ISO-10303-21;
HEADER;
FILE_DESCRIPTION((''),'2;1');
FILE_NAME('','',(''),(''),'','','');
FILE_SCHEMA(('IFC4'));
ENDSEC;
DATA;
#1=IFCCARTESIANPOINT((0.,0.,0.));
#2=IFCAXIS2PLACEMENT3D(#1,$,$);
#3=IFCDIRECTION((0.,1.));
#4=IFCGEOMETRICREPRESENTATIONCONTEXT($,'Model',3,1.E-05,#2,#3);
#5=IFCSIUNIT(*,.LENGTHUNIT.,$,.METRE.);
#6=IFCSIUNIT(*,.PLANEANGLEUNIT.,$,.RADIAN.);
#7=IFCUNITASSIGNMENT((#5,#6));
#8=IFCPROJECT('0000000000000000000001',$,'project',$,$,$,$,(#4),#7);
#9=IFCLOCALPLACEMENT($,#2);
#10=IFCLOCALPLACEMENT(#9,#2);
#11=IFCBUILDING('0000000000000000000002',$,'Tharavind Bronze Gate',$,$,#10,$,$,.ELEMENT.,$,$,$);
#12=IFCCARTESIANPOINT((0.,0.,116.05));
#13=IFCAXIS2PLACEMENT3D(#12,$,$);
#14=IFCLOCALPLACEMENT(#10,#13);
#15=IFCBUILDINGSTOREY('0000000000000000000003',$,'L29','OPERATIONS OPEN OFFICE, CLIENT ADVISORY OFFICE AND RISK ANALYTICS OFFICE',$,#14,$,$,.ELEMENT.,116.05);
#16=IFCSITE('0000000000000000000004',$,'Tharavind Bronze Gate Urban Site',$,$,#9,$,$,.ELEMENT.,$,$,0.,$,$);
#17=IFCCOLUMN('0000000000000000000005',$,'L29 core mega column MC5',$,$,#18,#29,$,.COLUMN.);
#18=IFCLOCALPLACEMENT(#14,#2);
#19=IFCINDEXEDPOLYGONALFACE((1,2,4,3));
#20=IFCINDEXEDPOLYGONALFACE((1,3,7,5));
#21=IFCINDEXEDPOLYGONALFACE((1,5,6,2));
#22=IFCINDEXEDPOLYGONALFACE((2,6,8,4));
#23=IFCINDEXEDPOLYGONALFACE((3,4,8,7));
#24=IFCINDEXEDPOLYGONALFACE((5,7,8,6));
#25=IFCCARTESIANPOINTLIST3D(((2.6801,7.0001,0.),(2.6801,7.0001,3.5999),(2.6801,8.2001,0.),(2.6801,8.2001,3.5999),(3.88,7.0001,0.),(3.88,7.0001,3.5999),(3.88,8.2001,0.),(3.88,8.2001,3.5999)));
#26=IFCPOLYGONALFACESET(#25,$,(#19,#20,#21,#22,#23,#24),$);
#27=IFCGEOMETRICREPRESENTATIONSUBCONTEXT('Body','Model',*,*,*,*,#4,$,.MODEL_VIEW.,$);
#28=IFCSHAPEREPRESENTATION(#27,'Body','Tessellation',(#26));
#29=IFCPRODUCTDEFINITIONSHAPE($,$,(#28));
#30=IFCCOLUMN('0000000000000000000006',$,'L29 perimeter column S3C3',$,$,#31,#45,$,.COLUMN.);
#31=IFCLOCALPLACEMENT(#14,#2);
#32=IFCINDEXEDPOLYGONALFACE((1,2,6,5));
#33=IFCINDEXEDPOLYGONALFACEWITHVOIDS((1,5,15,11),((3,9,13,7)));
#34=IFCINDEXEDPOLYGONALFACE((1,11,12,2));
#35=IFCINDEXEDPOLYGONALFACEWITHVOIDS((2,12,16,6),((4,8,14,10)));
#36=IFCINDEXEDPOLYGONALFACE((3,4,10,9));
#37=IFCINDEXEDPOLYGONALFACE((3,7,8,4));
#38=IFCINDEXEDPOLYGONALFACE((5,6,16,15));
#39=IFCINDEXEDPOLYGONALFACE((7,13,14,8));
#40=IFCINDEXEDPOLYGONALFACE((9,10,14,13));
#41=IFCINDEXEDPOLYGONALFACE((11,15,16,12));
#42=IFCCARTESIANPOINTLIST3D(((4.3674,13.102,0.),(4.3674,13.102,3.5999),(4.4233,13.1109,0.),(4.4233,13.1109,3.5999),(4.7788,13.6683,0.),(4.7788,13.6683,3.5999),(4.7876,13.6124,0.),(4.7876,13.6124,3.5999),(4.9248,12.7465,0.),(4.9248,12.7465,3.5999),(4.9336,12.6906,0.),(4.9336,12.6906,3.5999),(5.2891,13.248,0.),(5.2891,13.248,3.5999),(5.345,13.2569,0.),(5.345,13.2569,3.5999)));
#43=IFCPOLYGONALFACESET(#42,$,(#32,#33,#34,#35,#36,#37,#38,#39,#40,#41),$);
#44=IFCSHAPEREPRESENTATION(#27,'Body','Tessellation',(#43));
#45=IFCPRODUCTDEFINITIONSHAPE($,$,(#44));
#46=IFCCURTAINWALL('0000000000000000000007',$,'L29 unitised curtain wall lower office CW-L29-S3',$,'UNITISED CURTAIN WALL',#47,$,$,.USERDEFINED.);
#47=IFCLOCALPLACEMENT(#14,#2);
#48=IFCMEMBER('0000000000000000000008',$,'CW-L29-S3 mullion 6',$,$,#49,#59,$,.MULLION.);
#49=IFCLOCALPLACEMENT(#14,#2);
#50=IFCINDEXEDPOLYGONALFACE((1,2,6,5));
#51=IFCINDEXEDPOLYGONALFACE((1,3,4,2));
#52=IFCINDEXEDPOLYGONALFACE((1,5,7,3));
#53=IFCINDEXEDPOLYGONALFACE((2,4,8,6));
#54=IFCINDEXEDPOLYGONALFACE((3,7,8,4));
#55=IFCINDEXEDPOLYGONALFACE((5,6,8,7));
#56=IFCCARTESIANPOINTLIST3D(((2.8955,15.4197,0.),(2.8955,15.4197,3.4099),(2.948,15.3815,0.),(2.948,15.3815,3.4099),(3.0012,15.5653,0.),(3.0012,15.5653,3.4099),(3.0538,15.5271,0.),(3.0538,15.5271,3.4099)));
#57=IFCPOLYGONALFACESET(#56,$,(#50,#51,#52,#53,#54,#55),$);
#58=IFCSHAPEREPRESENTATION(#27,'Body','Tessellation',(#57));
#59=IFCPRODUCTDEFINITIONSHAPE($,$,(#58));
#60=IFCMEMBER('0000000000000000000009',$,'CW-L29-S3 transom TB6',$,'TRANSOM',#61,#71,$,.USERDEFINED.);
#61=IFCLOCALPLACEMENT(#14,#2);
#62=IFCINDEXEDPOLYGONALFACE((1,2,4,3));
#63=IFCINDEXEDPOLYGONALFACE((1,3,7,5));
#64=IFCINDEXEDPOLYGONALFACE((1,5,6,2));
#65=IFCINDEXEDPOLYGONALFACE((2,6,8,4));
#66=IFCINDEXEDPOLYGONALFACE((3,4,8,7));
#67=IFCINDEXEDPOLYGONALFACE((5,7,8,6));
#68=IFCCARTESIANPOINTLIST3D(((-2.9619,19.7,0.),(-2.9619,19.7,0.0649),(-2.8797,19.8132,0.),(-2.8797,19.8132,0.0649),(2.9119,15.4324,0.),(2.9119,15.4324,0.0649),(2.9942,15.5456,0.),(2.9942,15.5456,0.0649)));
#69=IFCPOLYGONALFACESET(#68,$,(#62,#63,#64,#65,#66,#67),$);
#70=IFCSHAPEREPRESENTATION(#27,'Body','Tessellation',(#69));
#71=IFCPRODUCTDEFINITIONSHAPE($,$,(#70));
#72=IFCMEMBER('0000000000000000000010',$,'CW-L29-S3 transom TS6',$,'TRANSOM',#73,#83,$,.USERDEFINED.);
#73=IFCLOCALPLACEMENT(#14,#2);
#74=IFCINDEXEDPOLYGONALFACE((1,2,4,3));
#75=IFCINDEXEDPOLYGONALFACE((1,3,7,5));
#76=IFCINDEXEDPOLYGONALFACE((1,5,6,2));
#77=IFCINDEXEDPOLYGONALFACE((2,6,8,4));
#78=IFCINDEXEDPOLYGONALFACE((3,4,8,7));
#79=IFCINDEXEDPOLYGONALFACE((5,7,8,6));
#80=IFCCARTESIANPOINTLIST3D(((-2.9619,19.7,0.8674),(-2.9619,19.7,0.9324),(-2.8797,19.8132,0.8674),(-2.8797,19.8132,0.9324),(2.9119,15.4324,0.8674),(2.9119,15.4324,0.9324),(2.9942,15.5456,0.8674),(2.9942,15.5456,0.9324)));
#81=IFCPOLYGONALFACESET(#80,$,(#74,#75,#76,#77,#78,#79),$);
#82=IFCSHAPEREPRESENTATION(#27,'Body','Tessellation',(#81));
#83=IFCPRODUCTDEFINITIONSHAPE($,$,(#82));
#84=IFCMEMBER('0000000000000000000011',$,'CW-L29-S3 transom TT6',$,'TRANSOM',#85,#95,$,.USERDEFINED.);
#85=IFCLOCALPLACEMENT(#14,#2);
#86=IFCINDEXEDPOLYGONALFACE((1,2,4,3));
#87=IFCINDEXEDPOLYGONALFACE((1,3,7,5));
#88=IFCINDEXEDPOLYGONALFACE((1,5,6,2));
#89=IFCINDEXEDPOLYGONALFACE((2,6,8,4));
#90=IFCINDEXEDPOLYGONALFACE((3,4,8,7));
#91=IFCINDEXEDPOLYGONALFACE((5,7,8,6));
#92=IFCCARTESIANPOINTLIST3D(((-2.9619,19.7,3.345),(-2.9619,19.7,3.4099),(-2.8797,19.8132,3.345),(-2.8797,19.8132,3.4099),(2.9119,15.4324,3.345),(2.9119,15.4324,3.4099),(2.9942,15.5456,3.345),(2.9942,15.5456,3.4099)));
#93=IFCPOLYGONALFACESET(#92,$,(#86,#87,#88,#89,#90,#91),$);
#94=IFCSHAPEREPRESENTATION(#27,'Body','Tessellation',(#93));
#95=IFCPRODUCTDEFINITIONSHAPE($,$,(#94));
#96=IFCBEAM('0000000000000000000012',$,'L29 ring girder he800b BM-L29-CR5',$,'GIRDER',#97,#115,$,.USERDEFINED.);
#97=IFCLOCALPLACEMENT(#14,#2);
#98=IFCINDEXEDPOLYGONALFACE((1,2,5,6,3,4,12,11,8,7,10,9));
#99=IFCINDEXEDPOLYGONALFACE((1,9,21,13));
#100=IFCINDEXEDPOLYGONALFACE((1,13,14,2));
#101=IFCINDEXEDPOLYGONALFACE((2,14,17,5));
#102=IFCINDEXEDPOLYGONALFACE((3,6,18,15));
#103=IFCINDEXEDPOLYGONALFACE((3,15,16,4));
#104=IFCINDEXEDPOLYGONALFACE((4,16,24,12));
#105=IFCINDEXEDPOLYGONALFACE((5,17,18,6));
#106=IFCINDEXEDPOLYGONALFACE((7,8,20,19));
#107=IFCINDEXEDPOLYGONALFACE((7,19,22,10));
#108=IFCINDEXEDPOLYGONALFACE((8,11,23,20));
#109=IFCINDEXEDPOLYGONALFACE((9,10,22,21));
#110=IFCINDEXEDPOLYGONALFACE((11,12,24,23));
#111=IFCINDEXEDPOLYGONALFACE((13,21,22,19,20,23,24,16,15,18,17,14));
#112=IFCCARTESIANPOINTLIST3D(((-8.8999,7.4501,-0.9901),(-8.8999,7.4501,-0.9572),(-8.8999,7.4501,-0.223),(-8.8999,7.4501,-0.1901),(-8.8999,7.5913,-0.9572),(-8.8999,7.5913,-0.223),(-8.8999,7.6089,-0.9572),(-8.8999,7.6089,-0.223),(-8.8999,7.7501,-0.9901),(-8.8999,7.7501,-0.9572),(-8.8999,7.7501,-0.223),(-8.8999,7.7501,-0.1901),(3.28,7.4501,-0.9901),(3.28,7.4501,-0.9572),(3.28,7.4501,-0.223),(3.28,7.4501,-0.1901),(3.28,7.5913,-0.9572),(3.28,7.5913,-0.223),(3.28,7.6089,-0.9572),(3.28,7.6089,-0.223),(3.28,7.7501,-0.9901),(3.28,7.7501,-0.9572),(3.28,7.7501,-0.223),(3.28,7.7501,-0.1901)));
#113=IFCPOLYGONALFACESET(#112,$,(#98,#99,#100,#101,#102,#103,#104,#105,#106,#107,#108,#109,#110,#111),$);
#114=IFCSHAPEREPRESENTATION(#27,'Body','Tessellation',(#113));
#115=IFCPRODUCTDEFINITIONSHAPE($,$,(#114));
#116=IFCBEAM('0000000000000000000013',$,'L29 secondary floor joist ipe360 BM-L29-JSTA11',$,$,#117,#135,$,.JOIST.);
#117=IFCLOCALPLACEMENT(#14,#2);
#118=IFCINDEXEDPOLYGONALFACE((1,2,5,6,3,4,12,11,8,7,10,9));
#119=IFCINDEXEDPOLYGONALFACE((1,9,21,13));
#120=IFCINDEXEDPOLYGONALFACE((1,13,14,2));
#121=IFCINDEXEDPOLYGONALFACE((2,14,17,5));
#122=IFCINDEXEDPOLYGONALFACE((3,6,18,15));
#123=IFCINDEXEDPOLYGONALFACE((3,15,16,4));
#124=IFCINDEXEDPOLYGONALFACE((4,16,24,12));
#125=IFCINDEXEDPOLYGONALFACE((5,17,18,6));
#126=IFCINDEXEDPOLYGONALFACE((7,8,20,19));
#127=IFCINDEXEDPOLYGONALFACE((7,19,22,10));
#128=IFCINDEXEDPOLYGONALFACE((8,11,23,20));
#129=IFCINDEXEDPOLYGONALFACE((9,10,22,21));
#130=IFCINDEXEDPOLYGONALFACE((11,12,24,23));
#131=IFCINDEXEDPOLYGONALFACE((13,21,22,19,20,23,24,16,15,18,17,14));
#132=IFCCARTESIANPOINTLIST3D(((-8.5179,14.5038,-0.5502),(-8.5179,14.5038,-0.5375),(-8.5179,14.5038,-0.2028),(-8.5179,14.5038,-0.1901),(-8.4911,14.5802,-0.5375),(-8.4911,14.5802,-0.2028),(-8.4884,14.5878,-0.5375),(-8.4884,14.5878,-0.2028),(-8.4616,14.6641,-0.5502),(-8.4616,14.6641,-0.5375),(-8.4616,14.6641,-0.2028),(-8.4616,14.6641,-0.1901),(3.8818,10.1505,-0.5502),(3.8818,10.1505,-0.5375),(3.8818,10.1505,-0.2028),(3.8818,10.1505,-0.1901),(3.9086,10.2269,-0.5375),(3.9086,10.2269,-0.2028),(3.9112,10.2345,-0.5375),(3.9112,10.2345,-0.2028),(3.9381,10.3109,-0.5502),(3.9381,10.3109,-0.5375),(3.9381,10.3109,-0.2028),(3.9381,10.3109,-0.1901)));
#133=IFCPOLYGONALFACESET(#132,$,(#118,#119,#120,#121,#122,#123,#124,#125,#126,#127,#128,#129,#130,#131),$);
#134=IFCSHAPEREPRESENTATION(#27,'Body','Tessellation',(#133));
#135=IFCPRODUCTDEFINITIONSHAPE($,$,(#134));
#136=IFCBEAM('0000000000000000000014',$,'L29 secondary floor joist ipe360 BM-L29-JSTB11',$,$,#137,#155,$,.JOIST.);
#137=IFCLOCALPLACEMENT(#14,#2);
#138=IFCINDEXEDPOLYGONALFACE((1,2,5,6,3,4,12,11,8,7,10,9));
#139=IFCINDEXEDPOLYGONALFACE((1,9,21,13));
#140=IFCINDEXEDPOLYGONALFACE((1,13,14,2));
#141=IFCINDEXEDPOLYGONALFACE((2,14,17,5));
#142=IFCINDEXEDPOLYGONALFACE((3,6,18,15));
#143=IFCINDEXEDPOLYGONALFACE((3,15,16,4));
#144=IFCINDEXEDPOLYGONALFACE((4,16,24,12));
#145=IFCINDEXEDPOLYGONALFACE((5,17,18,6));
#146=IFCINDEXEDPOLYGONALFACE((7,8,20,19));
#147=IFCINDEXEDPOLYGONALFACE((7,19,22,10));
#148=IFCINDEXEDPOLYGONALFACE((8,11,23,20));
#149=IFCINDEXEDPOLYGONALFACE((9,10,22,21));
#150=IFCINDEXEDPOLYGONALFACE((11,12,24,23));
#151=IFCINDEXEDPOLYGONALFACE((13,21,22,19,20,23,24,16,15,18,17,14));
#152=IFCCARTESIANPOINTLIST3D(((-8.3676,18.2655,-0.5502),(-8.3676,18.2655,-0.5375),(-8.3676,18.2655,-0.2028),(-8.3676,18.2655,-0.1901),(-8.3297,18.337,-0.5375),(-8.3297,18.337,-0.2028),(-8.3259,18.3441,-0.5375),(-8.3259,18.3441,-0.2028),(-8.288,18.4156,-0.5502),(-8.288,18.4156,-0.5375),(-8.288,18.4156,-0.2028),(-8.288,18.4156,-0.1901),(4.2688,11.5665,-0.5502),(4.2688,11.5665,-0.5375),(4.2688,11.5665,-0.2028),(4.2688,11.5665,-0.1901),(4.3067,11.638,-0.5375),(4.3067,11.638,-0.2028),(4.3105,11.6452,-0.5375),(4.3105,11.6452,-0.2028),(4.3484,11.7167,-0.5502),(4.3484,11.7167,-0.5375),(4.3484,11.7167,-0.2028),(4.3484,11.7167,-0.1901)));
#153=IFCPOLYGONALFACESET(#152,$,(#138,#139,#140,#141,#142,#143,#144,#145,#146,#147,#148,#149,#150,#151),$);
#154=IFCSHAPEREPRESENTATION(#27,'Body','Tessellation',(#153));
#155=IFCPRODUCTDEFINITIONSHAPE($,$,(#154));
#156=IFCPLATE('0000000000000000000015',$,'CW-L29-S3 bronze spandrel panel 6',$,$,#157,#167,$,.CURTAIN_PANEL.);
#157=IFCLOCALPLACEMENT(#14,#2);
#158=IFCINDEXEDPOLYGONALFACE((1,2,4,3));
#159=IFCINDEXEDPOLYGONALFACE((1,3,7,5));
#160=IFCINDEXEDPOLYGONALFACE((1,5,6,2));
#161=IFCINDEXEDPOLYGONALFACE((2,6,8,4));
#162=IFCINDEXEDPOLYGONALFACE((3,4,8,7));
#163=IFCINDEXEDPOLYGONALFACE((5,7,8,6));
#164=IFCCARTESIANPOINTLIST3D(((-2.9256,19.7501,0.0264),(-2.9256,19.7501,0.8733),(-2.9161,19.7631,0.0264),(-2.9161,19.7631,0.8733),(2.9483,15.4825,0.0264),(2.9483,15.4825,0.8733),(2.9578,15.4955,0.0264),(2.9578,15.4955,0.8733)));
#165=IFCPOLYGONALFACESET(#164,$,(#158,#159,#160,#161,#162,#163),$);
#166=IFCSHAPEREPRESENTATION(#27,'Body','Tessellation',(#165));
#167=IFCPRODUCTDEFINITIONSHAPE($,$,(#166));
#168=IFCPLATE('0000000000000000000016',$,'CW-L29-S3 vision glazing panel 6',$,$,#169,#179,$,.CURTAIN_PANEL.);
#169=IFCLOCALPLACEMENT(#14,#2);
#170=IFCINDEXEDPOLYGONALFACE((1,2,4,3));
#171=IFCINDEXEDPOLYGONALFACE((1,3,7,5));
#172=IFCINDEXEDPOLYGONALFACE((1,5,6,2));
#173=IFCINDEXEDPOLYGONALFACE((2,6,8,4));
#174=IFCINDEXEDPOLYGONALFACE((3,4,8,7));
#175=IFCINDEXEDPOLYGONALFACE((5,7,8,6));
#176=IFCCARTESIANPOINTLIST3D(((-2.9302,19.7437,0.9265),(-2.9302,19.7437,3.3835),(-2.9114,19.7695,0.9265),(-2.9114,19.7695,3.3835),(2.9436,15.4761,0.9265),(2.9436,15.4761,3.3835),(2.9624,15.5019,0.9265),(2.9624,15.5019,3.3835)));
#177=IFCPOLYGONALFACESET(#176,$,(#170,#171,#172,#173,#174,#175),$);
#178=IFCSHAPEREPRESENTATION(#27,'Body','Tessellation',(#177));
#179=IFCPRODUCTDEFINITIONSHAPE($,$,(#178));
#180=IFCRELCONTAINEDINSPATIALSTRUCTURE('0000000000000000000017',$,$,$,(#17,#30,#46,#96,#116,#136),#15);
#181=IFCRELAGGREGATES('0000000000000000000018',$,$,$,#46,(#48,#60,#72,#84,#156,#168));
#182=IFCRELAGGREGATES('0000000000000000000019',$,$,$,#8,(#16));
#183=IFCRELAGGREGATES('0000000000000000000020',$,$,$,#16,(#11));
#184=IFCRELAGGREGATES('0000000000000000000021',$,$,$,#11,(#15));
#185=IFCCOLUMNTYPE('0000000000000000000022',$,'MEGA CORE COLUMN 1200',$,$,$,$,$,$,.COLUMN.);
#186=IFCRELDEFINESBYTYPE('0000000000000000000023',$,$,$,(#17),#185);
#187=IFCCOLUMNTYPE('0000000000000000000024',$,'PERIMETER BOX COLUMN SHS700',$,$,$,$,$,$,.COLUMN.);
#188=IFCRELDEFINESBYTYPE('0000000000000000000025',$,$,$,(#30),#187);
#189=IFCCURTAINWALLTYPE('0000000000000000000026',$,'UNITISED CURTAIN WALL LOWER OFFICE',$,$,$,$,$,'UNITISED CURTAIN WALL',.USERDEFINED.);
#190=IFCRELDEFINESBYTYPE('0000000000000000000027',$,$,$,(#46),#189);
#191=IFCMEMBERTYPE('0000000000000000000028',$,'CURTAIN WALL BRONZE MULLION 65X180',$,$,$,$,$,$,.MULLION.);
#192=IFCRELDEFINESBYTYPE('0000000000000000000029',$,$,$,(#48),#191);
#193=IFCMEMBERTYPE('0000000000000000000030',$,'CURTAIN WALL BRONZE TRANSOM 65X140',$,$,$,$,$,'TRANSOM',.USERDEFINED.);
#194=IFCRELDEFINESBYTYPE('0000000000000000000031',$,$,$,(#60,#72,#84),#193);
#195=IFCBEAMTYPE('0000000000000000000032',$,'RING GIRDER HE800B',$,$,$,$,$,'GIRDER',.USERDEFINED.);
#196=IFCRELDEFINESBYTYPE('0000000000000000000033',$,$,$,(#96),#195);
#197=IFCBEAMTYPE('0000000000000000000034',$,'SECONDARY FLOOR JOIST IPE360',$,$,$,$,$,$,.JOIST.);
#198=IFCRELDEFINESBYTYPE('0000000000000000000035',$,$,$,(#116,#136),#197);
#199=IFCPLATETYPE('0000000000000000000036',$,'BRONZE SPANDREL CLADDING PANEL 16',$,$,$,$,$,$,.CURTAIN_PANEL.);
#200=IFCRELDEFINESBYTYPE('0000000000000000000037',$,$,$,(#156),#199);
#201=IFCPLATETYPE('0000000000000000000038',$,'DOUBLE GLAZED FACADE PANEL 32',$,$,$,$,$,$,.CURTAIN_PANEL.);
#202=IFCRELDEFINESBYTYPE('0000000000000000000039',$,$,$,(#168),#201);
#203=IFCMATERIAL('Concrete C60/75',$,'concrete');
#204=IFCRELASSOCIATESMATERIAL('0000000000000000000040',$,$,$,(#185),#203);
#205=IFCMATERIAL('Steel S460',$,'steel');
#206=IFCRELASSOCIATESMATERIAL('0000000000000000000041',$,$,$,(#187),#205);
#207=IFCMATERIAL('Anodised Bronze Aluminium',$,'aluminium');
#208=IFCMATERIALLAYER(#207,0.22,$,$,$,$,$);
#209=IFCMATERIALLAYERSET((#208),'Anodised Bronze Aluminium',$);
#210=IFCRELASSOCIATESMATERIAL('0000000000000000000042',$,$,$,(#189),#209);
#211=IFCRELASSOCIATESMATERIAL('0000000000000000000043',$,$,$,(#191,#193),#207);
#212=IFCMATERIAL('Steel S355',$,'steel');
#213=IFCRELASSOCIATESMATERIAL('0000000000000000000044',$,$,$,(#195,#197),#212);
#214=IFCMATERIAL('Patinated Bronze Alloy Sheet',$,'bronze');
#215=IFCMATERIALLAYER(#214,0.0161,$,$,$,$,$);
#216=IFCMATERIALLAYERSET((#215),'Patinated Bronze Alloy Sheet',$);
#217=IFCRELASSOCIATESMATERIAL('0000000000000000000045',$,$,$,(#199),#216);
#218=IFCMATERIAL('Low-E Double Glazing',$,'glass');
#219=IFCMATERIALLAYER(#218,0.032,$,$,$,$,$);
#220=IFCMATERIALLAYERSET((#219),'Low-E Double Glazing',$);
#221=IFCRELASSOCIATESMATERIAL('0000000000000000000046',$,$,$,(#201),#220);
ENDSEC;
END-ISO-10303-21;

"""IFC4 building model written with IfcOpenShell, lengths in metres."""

from ifc_helpers import new_model, si_unit, direction, frame, origin, origin_2d, place, context, subcontext, project, spatial, rectangle, hollow_rectangle, i_section, extrude, material, layer, layer_set, material_profile, profile_set, type_object, element, aggregate, save


model = new_model("IFC4")

# Units and contexts
model_context = context("Model", 3, precision=1e-05, world=origin(), true_north=direction((0.0, 1.0)))
body_context = subcontext(model_context, "Body", "Model", "MODEL_VIEW")
ifc_project = project(units=[si_unit("LENGTHUNIT", "METRE"), si_unit("PLANEANGLEUNIT", "RADIAN")], contexts=[model_context])

# Site, building, storey
site_placement = place(None, origin())
site = spatial("IfcSite", under=ifc_project, at=site_placement, Name="Tharavind Bronze Gate Urban Site", CompositionType="ELEMENT", RefElevation=0.0)
building_placement = place(site_placement, origin())
building = spatial("IfcBuilding", under=site, at=building_placement, Name="Tharavind Bronze Gate", CompositionType="ELEMENT")
storey_placement = place(building_placement, frame((0.0, 0.0, 116.05)))
storey = spatial("IfcBuildingStorey", under=building, at=storey_placement, Name="L29", Description="OPERATIONS OPEN OFFICE, CLIENT ADVISORY OFFICE AND RISK ANALYTICS OFFICE", CompositionType="ELEMENT", Elevation=116.05)

# Columns
ifc_material_1 = material(Name="Concrete C60/75", Category="concrete")
ifc_material_profile_1 = material_profile(ifc_material_1, rectangle(XDim=1.2, YDim=1.2, at=origin_2d()), Name="RCCOL1200")
ifc_profile_set_1 = profile_set([ifc_material_profile_1], Name="Concrete C60/75")
column_type_1 = type_object("IfcColumnType", Name="MEGA CORE COLUMN 1200", PredefinedType="COLUMN", material=ifc_profile_set_1)
column_1_placement = place(storey_placement, frame((3.28, 7.6001, 0.0), z_axis=(0.0, 0.0, 1.0), x_axis=(1.0, 0.0, 0.0)))
element("IfcColumn", 1, at=column_1_placement, inside=storey, type_object=column_type_1, Name="L29 core mega column MC5", PredefinedType="COLUMN", context=body_context, shape_type="SweptSolid", body=[
    extrude(rectangle(XDim=1.2, YDim=1.2, at=origin_2d()), origin(), (0.0, 0.0, 1.0), 3.5999),
])
ifc_material_2 = material(Name="Steel S460", Category="steel")
ifc_material_profile_2 = material_profile(ifc_material_2, hollow_rectangle(XDim=0.7, YDim=0.7, WallThickness=0.04, at=origin_2d()), Name="SHS700X40")
ifc_profile_set_2 = profile_set([ifc_material_profile_2], Name="Steel S460")
column_type_2 = type_object("IfcColumnType", Name="PERIMETER BOX COLUMN SHS700", PredefinedType="COLUMN", material=ifc_profile_set_2)
column_2_placement = place(storey_placement, frame((4.8562, 13.1794, 0.0), z_axis=(0.0, 0.0, 1.0), x_axis=(-0.809017, 0.587785, 0.0)))
element("IfcColumn", 2, at=column_2_placement, inside=storey, type_object=column_type_2, Name="L29 perimeter column S3C3", PredefinedType="COLUMN", context=body_context, shape_type="SweptSolid", body=[
    extrude(hollow_rectangle(XDim=0.7, YDim=0.7, WallThickness=0.04, at=origin_2d()), origin(), (0.0, 0.0, 1.0), 3.5999),
])

# Curtain wall, members
ifc_material_3 = material(Name="Anodised Bronze Aluminium", Category="aluminium")
ifc_layer_1 = layer(ifc_material_3, 0.22)
ifc_layer_set_1 = layer_set([ifc_layer_1], Name="Anodised Bronze Aluminium")
curtain_wall_type = type_object("IfcCurtainWallType", Name="UNITISED CURTAIN WALL LOWER OFFICE", ElementType="UNITISED CURTAIN WALL", PredefinedType="USERDEFINED", material=ifc_layer_set_1)
curtain_wall_placement = place(storey_placement, origin())
curtain_wall = element("IfcCurtainWall", 3, at=curtain_wall_placement, inside=storey, type_object=curtain_wall_type, Name="L29 unitised curtain wall lower office CW-L29-S3", ObjectType="UNITISED CURTAIN WALL", PredefinedType="USERDEFINED")
member_type_1 = type_object("IfcMemberType", Name="CURTAIN WALL BRONZE MULLION 65X180", PredefinedType="MULLION", material=ifc_material_3)
member_1_placement = place(storey_placement, frame((2.9746, 15.4734, 0.0), z_axis=(0.0, 0.0, 1.0), x_axis=(-0.809017, 0.587785, 0.0)))
member_1 = element("IfcMember", 4, at=member_1_placement, type_object=member_type_1, Name="CW-L29-S3 mullion 6", PredefinedType="MULLION", context=body_context, shape_type="SweptSolid", body=[
    extrude(rectangle(XDim=0.0649, YDim=0.1799, at=origin_2d()), origin(), (0.0, 0.0, 1.0), 3.4099),
])
member_type_2 = type_object("IfcMemberType", Name="CURTAIN WALL BRONZE TRANSOM 65X140", ElementType="TRANSOM", PredefinedType="USERDEFINED", material=ifc_material_3)
member_2_placement = place(storey_placement, frame((0.0161, 17.6228, 0.0), z_axis=(0.0, 0.0, 1.0), x_axis=(-0.809017, 0.587785, 0.0)))
member_2 = element("IfcMember", 5, at=member_2_placement, type_object=member_type_2, Name="CW-L29-S3 transom TB6", ObjectType="TRANSOM", PredefinedType="USERDEFINED", context=body_context, shape_type="SweptSolid", body=[
    extrude(rectangle(XDim=7.2605, YDim=0.1399, at=origin_2d()), origin(), (0.0, 0.0, 1.0), 0.0649),
])
member_3_placement = place(storey_placement, frame((0.0161, 17.6228, 0.8674), z_axis=(0.0, 0.0, 1.0), x_axis=(-0.809017, 0.587785, 0.0)))
member_3 = element("IfcMember", 6, at=member_3_placement, type_object=member_type_2, Name="CW-L29-S3 transom TS6", ObjectType="TRANSOM", PredefinedType="USERDEFINED", context=body_context, shape_type="SweptSolid", body=[
    extrude(rectangle(XDim=7.2605, YDim=0.1399, at=origin_2d()), origin(), (0.0, 0.0, 1.0), 0.0649),
])
member_4_placement = place(storey_placement, frame((0.0161, 17.6228, 3.345), z_axis=(0.0, 0.0, 1.0), x_axis=(-0.809017, 0.587785, 0.0)))
member_4 = element("IfcMember", 7, at=member_4_placement, type_object=member_type_2, Name="CW-L29-S3 transom TT6", ObjectType="TRANSOM", PredefinedType="USERDEFINED", context=body_context, shape_type="SweptSolid", body=[
    extrude(rectangle(XDim=7.2605, YDim=0.1399, at=origin_2d()), origin(), (0.0, 0.0, 1.0), 0.0649),
])

# Beams
ifc_material_4 = material(Name="Steel S355", Category="steel")
ifc_material_profile_3 = material_profile(ifc_material_4, i_section(OverallWidth=0.3, OverallDepth=0.8, WebThickness=0.0176, FlangeThickness=0.033, at=origin_2d()), Name="HE800B")
ifc_profile_set_3 = profile_set([ifc_material_profile_3], Name="Steel S355")
beam_type_1 = type_object("IfcBeamType", Name="RING GIRDER HE800B", ElementType="GIRDER", PredefinedType="USERDEFINED", material=ifc_profile_set_3)
beam_1_placement = place(storey_placement, frame((3.28, 7.6001, -0.5901), z_axis=(-1.0, 0.0, 0.0), x_axis=(0.0, -1.0, 0.0)))
element("IfcBeam", 8, at=beam_1_placement, inside=storey, type_object=beam_type_1, Name="L29 ring girder he800b BM-L29-CR5", ObjectType="GIRDER", PredefinedType="USERDEFINED", context=body_context, shape_type="SweptSolid", body=[
    extrude(i_section(OverallWidth=0.3, OverallDepth=0.8, WebThickness=0.0176, FlangeThickness=0.033, at=origin_2d()), origin(), (0.0, 0.0, 1.0), 12.1799),
])
ifc_material_profile_4 = material_profile(ifc_material_4, i_section(OverallWidth=0.1699, OverallDepth=0.3601, WebThickness=0.0081, FlangeThickness=0.0127, at=origin_2d()), Name="IPE360")
ifc_profile_set_4 = profile_set([ifc_material_profile_4], Name="Steel S355")
beam_type_2 = type_object("IfcBeamType", Name="SECONDARY FLOOR JOIST IPE360", PredefinedType="JOIST", material=ifc_profile_set_4)
beam_2_placement = place(storey_placement, frame((3.9099, 10.2307, -0.3701), z_axis=(-0.94354, 0.331258, 0.0), x_axis=(-0.331258, -0.94354, 0.0)))
element("IfcBeam", 9, at=beam_2_placement, inside=storey, type_object=beam_type_2, Name="L29 secondary floor joist ipe360 BM-L29-JSTA11", PredefinedType="JOIST", context=body_context, shape_type="SweptSolid", body=[
    extrude(i_section(OverallWidth=0.1699, OverallDepth=0.3601, WebThickness=0.0081, FlangeThickness=0.0127, at=origin_2d()), origin(), (0.0, 0.0, 1.0), 13.1416),
])
beam_3_placement = place(storey_placement, frame((4.3086, 11.6416, -0.3701), z_axis=(-0.883525, 0.468383, 0.0), x_axis=(-0.468383, -0.883525, 0.0)))
element("IfcBeam", 10, at=beam_3_placement, inside=storey, type_object=beam_type_2, Name="L29 secondary floor joist ipe360 BM-L29-JSTB11", PredefinedType="JOIST", context=body_context, shape_type="SweptSolid", body=[
    extrude(i_section(OverallWidth=0.1699, OverallDepth=0.3601, WebThickness=0.0081, FlangeThickness=0.0127, at=origin_2d()), origin(), (0.0, 0.0, 1.0), 14.3022),
])

# Plates
ifc_material_5 = material(Name="Patinated Bronze Alloy Sheet", Category="bronze")
ifc_layer_2 = layer(ifc_material_5, 0.0161)
ifc_layer_set_2 = layer_set([ifc_layer_2], Name="Patinated Bronze Alloy Sheet")
plate_type_1 = type_object("IfcPlateType", Name="BRONZE SPANDREL CLADDING PANEL 16", PredefinedType="CURTAIN_PANEL", material=ifc_layer_set_2)
plate_1_placement = place(storey_placement, frame((0.0161, 17.6228, 0.0264), z_axis=(0.0, 0.0, 1.0), x_axis=(-0.809017, 0.587785, 0.0)))
plate_1 = element("IfcPlate", 11, at=plate_1_placement, type_object=plate_type_1, Name="CW-L29-S3 bronze spandrel panel 6", PredefinedType="CURTAIN_PANEL", context=body_context, shape_type="SweptSolid", body=[
    extrude(rectangle(XDim=7.2605, YDim=0.0161, at=origin_2d()), origin(), (0.0, 0.0, 1.0), 0.8469),
])
ifc_material_6 = material(Name="Low-E Double Glazing", Category="glass")
ifc_layer_3 = layer(ifc_material_6, 0.032)
ifc_layer_set_3 = layer_set([ifc_layer_3], Name="Low-E Double Glazing")
plate_type_2 = type_object("IfcPlateType", Name="DOUBLE GLAZED FACADE PANEL 32", PredefinedType="CURTAIN_PANEL", material=ifc_layer_set_3)
plate_2_placement = place(storey_placement, frame((0.0161, 17.6228, 0.9265), z_axis=(0.0, 0.0, 1.0), x_axis=(-0.809017, 0.587785, 0.0)))
plate_2 = element("IfcPlate", 12, at=plate_2_placement, type_object=plate_type_2, Name="CW-L29-S3 vision glazing panel 6", PredefinedType="CURTAIN_PANEL", context=body_context, shape_type="SweptSolid", body=[
    extrude(rectangle(XDim=7.2605, YDim=0.032, at=origin_2d()), origin(), (0.0, 0.0, 1.0), 2.457),
])
aggregate(curtain_wall, [member_1, member_2, member_3, member_4, plate_1, plate_2])

save(model, "model.ifc")
